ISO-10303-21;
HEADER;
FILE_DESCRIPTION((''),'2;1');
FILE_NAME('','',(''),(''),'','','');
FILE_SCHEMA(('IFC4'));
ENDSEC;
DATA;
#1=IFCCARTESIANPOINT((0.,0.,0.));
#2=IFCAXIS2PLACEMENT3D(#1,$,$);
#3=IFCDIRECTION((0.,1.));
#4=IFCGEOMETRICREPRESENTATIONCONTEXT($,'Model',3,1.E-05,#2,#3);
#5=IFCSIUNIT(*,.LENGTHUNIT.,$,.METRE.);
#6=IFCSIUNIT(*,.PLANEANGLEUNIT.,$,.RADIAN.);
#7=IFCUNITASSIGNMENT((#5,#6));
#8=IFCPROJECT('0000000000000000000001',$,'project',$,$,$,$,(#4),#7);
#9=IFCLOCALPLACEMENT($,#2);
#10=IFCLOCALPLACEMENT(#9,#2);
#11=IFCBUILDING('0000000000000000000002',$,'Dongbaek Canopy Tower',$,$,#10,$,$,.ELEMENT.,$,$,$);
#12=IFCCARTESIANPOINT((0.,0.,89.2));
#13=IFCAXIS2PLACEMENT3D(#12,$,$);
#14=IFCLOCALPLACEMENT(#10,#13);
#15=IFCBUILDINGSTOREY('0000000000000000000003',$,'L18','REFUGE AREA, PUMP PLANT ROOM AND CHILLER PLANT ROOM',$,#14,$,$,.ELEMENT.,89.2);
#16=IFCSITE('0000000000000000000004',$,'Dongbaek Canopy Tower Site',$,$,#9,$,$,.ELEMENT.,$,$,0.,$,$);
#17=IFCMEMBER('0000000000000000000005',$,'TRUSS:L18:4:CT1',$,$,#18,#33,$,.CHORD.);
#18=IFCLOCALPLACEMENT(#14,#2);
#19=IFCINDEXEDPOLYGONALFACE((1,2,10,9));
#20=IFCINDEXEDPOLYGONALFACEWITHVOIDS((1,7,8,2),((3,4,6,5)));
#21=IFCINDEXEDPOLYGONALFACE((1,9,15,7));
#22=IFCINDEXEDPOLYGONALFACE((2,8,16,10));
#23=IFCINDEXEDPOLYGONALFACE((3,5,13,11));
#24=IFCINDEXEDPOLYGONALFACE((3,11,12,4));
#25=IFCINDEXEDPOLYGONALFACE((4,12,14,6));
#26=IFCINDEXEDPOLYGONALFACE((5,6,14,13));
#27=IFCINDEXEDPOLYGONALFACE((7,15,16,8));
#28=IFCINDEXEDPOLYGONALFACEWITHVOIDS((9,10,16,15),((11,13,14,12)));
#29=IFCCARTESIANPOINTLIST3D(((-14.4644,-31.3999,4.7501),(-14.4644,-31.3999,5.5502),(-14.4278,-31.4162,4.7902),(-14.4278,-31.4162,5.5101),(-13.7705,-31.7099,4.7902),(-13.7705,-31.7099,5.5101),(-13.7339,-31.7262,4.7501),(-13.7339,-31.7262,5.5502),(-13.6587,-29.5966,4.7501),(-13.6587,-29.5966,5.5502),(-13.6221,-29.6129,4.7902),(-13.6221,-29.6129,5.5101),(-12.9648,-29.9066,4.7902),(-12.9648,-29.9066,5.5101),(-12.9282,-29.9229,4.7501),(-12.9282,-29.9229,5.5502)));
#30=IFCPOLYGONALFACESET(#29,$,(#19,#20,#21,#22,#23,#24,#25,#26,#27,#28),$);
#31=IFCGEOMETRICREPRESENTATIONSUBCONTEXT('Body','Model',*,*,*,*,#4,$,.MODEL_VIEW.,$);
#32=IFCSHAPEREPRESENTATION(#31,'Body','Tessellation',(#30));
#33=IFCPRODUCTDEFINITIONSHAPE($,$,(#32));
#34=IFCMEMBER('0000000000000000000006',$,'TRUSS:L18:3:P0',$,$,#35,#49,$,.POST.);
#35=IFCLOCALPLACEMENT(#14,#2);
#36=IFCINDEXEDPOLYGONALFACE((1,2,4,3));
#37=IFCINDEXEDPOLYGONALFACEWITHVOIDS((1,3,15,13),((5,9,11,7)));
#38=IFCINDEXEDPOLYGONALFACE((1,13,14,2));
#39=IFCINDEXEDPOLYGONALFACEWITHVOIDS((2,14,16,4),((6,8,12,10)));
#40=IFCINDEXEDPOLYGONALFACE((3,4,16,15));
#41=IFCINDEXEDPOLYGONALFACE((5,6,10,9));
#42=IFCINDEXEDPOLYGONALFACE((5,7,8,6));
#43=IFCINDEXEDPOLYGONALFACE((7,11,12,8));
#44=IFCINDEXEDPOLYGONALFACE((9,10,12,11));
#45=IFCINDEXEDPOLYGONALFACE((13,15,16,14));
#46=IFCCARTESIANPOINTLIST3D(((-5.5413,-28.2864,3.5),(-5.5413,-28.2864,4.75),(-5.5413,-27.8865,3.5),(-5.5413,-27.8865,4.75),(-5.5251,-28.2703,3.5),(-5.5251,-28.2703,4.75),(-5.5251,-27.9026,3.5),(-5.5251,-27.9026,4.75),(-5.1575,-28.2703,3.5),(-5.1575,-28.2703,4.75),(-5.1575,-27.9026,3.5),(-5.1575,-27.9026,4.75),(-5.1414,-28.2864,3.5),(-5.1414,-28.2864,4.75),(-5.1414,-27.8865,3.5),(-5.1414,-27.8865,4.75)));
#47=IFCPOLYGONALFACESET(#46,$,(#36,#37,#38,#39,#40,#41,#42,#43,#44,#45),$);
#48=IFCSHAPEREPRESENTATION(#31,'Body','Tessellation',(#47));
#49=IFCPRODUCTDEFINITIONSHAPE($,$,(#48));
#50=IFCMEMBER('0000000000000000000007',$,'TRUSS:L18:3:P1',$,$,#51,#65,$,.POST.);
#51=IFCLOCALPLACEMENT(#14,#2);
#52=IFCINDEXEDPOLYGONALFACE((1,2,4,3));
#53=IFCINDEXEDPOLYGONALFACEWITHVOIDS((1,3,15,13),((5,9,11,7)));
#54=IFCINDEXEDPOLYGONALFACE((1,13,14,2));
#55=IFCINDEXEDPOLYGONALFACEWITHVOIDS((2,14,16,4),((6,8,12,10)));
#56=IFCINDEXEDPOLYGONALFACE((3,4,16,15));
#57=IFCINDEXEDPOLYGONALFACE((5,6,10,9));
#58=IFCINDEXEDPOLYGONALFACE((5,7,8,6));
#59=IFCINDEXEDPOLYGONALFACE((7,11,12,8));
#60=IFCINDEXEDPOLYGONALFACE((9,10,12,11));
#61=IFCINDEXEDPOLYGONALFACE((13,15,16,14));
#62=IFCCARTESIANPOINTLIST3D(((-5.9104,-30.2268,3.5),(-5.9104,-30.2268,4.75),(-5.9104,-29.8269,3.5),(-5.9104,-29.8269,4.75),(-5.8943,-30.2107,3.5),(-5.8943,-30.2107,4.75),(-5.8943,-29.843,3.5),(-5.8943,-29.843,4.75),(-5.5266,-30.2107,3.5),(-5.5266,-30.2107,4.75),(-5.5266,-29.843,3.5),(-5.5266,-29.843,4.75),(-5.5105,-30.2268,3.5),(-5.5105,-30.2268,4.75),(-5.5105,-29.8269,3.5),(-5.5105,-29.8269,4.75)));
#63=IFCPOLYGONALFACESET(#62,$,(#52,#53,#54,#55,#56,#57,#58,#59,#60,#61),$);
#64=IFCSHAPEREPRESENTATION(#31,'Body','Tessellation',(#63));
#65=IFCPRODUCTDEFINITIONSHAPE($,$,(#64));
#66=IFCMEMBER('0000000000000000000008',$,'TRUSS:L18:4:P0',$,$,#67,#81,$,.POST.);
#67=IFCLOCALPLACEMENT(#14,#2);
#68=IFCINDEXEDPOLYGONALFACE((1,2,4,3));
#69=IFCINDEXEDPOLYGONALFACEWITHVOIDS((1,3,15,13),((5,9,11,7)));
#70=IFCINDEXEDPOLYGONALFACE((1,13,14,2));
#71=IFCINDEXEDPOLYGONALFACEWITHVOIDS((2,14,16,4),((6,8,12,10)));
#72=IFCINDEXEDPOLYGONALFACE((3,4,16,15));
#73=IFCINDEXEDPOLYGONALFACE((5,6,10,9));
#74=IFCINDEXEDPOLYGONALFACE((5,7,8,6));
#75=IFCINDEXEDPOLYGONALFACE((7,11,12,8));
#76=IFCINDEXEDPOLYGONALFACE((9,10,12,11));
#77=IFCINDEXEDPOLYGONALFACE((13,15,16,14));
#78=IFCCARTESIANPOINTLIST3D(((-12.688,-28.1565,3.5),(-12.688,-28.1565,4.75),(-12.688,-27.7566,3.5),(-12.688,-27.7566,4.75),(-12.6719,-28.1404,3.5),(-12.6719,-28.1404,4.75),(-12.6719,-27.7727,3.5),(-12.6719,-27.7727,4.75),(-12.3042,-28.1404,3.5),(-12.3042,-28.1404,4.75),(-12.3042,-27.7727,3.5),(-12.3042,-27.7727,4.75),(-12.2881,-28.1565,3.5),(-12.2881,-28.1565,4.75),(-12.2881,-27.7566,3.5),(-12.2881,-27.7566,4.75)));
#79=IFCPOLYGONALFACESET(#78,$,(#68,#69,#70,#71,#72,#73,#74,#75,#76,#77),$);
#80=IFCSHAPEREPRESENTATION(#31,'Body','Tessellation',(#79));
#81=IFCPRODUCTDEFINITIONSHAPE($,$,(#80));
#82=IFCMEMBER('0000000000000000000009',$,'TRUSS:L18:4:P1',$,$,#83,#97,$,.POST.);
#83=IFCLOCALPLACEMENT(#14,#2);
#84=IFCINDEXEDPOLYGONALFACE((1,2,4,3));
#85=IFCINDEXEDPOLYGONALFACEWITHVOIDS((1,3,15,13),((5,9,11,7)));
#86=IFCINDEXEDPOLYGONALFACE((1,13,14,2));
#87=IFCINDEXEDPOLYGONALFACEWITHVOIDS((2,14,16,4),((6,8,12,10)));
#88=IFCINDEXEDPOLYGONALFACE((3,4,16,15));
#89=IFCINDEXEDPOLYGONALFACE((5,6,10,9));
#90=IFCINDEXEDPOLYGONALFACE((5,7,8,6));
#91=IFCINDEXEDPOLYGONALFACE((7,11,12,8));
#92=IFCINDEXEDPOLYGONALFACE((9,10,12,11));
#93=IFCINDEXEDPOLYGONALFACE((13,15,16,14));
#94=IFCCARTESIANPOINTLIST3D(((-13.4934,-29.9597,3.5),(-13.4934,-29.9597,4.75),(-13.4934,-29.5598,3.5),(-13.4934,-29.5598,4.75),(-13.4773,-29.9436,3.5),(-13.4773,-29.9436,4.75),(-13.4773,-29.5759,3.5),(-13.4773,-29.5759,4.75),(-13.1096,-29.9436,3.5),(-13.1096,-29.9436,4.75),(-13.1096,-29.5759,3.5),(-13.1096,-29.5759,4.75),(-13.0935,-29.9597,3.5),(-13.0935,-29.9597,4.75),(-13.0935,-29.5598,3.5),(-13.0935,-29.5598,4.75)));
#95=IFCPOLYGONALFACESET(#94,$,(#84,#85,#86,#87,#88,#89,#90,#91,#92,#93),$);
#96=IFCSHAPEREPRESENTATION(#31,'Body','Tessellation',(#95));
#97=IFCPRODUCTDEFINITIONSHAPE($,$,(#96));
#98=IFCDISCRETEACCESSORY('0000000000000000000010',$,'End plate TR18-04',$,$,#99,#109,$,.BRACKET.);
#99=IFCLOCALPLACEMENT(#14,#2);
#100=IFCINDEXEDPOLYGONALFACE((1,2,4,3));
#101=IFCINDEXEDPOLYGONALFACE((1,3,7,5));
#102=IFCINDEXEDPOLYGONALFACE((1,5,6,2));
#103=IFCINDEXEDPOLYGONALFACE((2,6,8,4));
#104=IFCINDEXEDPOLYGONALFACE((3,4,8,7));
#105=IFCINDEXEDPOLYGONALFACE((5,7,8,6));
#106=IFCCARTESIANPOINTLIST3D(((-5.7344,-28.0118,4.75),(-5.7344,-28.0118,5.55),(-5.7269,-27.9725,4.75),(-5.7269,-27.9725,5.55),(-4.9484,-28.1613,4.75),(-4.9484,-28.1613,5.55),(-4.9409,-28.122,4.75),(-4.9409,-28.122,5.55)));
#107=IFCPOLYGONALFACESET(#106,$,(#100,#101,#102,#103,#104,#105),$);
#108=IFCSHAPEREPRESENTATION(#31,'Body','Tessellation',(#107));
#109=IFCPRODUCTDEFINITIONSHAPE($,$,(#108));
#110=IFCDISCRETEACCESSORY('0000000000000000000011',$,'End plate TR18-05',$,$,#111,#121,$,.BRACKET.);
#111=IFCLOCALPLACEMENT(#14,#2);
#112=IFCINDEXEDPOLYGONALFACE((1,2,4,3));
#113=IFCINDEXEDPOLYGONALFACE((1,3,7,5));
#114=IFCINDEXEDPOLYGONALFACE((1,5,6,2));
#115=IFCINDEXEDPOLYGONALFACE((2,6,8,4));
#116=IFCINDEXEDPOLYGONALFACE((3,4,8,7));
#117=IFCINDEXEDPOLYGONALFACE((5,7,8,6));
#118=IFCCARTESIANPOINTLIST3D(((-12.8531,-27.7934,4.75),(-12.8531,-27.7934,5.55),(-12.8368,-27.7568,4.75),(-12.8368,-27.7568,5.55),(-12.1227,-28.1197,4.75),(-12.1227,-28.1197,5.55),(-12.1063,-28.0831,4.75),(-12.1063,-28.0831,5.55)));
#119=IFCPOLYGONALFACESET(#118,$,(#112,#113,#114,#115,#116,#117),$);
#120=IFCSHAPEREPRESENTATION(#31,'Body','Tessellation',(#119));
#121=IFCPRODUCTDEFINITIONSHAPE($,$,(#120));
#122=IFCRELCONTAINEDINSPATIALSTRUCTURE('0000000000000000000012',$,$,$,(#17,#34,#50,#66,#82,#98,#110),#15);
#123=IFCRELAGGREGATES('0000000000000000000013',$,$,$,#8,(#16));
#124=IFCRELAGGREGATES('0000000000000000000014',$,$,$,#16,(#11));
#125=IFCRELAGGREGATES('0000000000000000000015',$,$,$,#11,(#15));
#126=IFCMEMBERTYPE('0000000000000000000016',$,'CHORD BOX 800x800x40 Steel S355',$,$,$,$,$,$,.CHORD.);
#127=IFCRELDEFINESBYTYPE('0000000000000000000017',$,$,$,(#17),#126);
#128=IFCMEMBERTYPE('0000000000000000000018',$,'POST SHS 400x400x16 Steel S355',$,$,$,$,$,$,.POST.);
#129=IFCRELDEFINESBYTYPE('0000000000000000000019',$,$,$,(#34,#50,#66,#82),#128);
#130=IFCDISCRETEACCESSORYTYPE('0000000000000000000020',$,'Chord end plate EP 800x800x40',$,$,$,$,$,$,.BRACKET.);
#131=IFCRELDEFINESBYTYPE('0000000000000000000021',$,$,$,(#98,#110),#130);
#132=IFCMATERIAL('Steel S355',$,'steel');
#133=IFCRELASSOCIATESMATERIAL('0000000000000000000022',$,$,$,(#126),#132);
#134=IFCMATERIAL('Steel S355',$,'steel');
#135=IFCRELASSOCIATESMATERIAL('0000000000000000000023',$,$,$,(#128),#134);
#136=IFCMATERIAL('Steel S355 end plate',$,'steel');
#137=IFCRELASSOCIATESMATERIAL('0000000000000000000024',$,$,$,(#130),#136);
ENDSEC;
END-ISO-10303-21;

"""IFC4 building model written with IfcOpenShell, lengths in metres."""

from ifc_helpers import new_model, si_unit, direction, frame, origin, origin_2d, place, context, subcontext, project, spatial, rectangle, hollow_rectangle, extrude, material, material_profile, profile_set, type_object, element, save


model = new_model("IFC4")

# Units and contexts
model_context = context("Model", 3, precision=1e-05, world=origin(), true_north=direction((0.0, 1.0)))
body_context = subcontext(model_context, "Body", "Model", "MODEL_VIEW")
ifc_project = project(units=[si_unit("LENGTHUNIT", "METRE"), si_unit("PLANEANGLEUNIT", "RADIAN")], contexts=[model_context])

# Site, building, storey
site_placement = place(None, origin())
site = spatial("IfcSite", under=ifc_project, at=site_placement, Name="Dongbaek Canopy Tower Site", CompositionType="ELEMENT", RefElevation=0.0)
building_placement = place(site_placement, origin())
building = spatial("IfcBuilding", under=site, at=building_placement, Name="Dongbaek Canopy Tower", CompositionType="ELEMENT")
storey_placement = place(building_placement, frame((0.0, 0.0, 89.2)))
storey = spatial("IfcBuildingStorey", under=building, at=storey_placement, Name="L18", Description="REFUGE AREA, PUMP PLANT ROOM AND CHILLER PLANT ROOM", CompositionType="ELEMENT", Elevation=89.2)

# Members
ifc_material_1 = material(Name="Steel S355", Category="steel")
ifc_material_profile_1 = material_profile(ifc_material_1, hollow_rectangle(XDim=0.8, YDim=0.8, WallThickness=0.04, at=origin_2d()), Name="CHORD BOX 800x800x40 Steel S355")
ifc_profile_set_1 = profile_set([ifc_material_profile_1], Name="Steel S355")
member_type_1 = type_object("IfcMemberType", Name="CHORD BOX 800x800x40 Steel S355", PredefinedType="CHORD", material=ifc_profile_set_1)
member_1_placement = place(storey_placement, frame((-13.2935, -29.7598, 5.1501), z_axis=(-0.407927, -0.913015, 0.0), x_axis=(0.913015, -0.407927, 0.0)))
element("IfcMember", 1, at=member_1_placement, inside=storey, type_object=member_type_1, Name="TRUSS:L18:4:CT1", PredefinedType="CHORD", context=body_context, shape_type="SweptSolid", body=[
    extrude(hollow_rectangle(XDim=0.8, YDim=0.8, WallThickness=0.04, at=origin_2d()), origin(), (0.0, 0.0, 1.0), 1.9751),
])
ifc_material_2 = material(Name="Steel S355", Category="steel")
ifc_material_profile_2 = material_profile(ifc_material_2, hollow_rectangle(XDim=0.3999, YDim=0.3999, WallThickness=0.0161, at=origin_2d()), Name="POST SHS 400x400x16 Steel S355")
ifc_profile_set_2 = profile_set([ifc_material_profile_2], Name="Steel S355")
member_type_2 = type_object("IfcMemberType", Name="POST SHS 400x400x16 Steel S355", PredefinedType="POST", material=ifc_profile_set_2)
for number, where, z_axis, x_axis, name in (
    (2, (-5.3413, -28.0864, 3.5), (0.0, 0.0, 1.0), (1.0, 0.0, 0.0), "TRUSS:L18:3:P0"),
    (3, (-5.7104, -30.0269, 3.5), (0.0, 0.0, 1.0), (1.0, 0.0, 0.0), "TRUSS:L18:3:P1"),
    (4, (-12.488, -27.9565, 3.5), (0.0, 0.0, 1.0), (1.0, 0.0, 0.0), "TRUSS:L18:4:P0"),
    (5, (-13.2935, -29.7598, 3.5), (0.0, 0.0, 1.0), (1.0, 0.0, 0.0), "TRUSS:L18:4:P1"),
):
    element("IfcMember", number, at=place(storey_placement, frame(where, z_axis=z_axis, x_axis=x_axis)), inside=storey, type_object=member_type_2, Name=name, PredefinedType="POST", context=body_context, shape_type="SweptSolid", body=[
        extrude(hollow_rectangle(XDim=0.3999, YDim=0.3999, WallThickness=0.0161, at=origin_2d()), origin(), (0.0, 0.0, 1.0), 1.25),
    ])

# Discrete accessories
ifc_material_3 = material(Name="Steel S355 end plate", Category="steel")
discrete_accessory_type = type_object("IfcDiscreteAccessoryType", Name="Chord end plate EP 800x800x40", PredefinedType="BRACKET", material=ifc_material_3)
for number, where, z_axis, x_axis, name in (
    (6, (-5.3376, -28.0669, 4.75), (0.0, 0.0, 1.0), (-0.186828, -0.982393, 0.0), "End plate TR18-04"),
    (7, (-12.4797, -27.9382, 4.75), (0.0, 0.0, 1.0), (-0.407852, -0.913048, 0.0), "End plate TR18-05"),
):
    element("IfcDiscreteAccessory", number, at=place(storey_placement, frame(where, z_axis=z_axis, x_axis=x_axis)), inside=storey, type_object=discrete_accessory_type, Name=name, PredefinedType="BRACKET", context=body_context, shape_type="SweptSolid", body=[
        extrude(rectangle(XDim=0.04, YDim=0.8, at=origin_2d()), origin(), (0.0, 0.0, 1.0), 0.8),
    ])

save(model, "model.ifc")
